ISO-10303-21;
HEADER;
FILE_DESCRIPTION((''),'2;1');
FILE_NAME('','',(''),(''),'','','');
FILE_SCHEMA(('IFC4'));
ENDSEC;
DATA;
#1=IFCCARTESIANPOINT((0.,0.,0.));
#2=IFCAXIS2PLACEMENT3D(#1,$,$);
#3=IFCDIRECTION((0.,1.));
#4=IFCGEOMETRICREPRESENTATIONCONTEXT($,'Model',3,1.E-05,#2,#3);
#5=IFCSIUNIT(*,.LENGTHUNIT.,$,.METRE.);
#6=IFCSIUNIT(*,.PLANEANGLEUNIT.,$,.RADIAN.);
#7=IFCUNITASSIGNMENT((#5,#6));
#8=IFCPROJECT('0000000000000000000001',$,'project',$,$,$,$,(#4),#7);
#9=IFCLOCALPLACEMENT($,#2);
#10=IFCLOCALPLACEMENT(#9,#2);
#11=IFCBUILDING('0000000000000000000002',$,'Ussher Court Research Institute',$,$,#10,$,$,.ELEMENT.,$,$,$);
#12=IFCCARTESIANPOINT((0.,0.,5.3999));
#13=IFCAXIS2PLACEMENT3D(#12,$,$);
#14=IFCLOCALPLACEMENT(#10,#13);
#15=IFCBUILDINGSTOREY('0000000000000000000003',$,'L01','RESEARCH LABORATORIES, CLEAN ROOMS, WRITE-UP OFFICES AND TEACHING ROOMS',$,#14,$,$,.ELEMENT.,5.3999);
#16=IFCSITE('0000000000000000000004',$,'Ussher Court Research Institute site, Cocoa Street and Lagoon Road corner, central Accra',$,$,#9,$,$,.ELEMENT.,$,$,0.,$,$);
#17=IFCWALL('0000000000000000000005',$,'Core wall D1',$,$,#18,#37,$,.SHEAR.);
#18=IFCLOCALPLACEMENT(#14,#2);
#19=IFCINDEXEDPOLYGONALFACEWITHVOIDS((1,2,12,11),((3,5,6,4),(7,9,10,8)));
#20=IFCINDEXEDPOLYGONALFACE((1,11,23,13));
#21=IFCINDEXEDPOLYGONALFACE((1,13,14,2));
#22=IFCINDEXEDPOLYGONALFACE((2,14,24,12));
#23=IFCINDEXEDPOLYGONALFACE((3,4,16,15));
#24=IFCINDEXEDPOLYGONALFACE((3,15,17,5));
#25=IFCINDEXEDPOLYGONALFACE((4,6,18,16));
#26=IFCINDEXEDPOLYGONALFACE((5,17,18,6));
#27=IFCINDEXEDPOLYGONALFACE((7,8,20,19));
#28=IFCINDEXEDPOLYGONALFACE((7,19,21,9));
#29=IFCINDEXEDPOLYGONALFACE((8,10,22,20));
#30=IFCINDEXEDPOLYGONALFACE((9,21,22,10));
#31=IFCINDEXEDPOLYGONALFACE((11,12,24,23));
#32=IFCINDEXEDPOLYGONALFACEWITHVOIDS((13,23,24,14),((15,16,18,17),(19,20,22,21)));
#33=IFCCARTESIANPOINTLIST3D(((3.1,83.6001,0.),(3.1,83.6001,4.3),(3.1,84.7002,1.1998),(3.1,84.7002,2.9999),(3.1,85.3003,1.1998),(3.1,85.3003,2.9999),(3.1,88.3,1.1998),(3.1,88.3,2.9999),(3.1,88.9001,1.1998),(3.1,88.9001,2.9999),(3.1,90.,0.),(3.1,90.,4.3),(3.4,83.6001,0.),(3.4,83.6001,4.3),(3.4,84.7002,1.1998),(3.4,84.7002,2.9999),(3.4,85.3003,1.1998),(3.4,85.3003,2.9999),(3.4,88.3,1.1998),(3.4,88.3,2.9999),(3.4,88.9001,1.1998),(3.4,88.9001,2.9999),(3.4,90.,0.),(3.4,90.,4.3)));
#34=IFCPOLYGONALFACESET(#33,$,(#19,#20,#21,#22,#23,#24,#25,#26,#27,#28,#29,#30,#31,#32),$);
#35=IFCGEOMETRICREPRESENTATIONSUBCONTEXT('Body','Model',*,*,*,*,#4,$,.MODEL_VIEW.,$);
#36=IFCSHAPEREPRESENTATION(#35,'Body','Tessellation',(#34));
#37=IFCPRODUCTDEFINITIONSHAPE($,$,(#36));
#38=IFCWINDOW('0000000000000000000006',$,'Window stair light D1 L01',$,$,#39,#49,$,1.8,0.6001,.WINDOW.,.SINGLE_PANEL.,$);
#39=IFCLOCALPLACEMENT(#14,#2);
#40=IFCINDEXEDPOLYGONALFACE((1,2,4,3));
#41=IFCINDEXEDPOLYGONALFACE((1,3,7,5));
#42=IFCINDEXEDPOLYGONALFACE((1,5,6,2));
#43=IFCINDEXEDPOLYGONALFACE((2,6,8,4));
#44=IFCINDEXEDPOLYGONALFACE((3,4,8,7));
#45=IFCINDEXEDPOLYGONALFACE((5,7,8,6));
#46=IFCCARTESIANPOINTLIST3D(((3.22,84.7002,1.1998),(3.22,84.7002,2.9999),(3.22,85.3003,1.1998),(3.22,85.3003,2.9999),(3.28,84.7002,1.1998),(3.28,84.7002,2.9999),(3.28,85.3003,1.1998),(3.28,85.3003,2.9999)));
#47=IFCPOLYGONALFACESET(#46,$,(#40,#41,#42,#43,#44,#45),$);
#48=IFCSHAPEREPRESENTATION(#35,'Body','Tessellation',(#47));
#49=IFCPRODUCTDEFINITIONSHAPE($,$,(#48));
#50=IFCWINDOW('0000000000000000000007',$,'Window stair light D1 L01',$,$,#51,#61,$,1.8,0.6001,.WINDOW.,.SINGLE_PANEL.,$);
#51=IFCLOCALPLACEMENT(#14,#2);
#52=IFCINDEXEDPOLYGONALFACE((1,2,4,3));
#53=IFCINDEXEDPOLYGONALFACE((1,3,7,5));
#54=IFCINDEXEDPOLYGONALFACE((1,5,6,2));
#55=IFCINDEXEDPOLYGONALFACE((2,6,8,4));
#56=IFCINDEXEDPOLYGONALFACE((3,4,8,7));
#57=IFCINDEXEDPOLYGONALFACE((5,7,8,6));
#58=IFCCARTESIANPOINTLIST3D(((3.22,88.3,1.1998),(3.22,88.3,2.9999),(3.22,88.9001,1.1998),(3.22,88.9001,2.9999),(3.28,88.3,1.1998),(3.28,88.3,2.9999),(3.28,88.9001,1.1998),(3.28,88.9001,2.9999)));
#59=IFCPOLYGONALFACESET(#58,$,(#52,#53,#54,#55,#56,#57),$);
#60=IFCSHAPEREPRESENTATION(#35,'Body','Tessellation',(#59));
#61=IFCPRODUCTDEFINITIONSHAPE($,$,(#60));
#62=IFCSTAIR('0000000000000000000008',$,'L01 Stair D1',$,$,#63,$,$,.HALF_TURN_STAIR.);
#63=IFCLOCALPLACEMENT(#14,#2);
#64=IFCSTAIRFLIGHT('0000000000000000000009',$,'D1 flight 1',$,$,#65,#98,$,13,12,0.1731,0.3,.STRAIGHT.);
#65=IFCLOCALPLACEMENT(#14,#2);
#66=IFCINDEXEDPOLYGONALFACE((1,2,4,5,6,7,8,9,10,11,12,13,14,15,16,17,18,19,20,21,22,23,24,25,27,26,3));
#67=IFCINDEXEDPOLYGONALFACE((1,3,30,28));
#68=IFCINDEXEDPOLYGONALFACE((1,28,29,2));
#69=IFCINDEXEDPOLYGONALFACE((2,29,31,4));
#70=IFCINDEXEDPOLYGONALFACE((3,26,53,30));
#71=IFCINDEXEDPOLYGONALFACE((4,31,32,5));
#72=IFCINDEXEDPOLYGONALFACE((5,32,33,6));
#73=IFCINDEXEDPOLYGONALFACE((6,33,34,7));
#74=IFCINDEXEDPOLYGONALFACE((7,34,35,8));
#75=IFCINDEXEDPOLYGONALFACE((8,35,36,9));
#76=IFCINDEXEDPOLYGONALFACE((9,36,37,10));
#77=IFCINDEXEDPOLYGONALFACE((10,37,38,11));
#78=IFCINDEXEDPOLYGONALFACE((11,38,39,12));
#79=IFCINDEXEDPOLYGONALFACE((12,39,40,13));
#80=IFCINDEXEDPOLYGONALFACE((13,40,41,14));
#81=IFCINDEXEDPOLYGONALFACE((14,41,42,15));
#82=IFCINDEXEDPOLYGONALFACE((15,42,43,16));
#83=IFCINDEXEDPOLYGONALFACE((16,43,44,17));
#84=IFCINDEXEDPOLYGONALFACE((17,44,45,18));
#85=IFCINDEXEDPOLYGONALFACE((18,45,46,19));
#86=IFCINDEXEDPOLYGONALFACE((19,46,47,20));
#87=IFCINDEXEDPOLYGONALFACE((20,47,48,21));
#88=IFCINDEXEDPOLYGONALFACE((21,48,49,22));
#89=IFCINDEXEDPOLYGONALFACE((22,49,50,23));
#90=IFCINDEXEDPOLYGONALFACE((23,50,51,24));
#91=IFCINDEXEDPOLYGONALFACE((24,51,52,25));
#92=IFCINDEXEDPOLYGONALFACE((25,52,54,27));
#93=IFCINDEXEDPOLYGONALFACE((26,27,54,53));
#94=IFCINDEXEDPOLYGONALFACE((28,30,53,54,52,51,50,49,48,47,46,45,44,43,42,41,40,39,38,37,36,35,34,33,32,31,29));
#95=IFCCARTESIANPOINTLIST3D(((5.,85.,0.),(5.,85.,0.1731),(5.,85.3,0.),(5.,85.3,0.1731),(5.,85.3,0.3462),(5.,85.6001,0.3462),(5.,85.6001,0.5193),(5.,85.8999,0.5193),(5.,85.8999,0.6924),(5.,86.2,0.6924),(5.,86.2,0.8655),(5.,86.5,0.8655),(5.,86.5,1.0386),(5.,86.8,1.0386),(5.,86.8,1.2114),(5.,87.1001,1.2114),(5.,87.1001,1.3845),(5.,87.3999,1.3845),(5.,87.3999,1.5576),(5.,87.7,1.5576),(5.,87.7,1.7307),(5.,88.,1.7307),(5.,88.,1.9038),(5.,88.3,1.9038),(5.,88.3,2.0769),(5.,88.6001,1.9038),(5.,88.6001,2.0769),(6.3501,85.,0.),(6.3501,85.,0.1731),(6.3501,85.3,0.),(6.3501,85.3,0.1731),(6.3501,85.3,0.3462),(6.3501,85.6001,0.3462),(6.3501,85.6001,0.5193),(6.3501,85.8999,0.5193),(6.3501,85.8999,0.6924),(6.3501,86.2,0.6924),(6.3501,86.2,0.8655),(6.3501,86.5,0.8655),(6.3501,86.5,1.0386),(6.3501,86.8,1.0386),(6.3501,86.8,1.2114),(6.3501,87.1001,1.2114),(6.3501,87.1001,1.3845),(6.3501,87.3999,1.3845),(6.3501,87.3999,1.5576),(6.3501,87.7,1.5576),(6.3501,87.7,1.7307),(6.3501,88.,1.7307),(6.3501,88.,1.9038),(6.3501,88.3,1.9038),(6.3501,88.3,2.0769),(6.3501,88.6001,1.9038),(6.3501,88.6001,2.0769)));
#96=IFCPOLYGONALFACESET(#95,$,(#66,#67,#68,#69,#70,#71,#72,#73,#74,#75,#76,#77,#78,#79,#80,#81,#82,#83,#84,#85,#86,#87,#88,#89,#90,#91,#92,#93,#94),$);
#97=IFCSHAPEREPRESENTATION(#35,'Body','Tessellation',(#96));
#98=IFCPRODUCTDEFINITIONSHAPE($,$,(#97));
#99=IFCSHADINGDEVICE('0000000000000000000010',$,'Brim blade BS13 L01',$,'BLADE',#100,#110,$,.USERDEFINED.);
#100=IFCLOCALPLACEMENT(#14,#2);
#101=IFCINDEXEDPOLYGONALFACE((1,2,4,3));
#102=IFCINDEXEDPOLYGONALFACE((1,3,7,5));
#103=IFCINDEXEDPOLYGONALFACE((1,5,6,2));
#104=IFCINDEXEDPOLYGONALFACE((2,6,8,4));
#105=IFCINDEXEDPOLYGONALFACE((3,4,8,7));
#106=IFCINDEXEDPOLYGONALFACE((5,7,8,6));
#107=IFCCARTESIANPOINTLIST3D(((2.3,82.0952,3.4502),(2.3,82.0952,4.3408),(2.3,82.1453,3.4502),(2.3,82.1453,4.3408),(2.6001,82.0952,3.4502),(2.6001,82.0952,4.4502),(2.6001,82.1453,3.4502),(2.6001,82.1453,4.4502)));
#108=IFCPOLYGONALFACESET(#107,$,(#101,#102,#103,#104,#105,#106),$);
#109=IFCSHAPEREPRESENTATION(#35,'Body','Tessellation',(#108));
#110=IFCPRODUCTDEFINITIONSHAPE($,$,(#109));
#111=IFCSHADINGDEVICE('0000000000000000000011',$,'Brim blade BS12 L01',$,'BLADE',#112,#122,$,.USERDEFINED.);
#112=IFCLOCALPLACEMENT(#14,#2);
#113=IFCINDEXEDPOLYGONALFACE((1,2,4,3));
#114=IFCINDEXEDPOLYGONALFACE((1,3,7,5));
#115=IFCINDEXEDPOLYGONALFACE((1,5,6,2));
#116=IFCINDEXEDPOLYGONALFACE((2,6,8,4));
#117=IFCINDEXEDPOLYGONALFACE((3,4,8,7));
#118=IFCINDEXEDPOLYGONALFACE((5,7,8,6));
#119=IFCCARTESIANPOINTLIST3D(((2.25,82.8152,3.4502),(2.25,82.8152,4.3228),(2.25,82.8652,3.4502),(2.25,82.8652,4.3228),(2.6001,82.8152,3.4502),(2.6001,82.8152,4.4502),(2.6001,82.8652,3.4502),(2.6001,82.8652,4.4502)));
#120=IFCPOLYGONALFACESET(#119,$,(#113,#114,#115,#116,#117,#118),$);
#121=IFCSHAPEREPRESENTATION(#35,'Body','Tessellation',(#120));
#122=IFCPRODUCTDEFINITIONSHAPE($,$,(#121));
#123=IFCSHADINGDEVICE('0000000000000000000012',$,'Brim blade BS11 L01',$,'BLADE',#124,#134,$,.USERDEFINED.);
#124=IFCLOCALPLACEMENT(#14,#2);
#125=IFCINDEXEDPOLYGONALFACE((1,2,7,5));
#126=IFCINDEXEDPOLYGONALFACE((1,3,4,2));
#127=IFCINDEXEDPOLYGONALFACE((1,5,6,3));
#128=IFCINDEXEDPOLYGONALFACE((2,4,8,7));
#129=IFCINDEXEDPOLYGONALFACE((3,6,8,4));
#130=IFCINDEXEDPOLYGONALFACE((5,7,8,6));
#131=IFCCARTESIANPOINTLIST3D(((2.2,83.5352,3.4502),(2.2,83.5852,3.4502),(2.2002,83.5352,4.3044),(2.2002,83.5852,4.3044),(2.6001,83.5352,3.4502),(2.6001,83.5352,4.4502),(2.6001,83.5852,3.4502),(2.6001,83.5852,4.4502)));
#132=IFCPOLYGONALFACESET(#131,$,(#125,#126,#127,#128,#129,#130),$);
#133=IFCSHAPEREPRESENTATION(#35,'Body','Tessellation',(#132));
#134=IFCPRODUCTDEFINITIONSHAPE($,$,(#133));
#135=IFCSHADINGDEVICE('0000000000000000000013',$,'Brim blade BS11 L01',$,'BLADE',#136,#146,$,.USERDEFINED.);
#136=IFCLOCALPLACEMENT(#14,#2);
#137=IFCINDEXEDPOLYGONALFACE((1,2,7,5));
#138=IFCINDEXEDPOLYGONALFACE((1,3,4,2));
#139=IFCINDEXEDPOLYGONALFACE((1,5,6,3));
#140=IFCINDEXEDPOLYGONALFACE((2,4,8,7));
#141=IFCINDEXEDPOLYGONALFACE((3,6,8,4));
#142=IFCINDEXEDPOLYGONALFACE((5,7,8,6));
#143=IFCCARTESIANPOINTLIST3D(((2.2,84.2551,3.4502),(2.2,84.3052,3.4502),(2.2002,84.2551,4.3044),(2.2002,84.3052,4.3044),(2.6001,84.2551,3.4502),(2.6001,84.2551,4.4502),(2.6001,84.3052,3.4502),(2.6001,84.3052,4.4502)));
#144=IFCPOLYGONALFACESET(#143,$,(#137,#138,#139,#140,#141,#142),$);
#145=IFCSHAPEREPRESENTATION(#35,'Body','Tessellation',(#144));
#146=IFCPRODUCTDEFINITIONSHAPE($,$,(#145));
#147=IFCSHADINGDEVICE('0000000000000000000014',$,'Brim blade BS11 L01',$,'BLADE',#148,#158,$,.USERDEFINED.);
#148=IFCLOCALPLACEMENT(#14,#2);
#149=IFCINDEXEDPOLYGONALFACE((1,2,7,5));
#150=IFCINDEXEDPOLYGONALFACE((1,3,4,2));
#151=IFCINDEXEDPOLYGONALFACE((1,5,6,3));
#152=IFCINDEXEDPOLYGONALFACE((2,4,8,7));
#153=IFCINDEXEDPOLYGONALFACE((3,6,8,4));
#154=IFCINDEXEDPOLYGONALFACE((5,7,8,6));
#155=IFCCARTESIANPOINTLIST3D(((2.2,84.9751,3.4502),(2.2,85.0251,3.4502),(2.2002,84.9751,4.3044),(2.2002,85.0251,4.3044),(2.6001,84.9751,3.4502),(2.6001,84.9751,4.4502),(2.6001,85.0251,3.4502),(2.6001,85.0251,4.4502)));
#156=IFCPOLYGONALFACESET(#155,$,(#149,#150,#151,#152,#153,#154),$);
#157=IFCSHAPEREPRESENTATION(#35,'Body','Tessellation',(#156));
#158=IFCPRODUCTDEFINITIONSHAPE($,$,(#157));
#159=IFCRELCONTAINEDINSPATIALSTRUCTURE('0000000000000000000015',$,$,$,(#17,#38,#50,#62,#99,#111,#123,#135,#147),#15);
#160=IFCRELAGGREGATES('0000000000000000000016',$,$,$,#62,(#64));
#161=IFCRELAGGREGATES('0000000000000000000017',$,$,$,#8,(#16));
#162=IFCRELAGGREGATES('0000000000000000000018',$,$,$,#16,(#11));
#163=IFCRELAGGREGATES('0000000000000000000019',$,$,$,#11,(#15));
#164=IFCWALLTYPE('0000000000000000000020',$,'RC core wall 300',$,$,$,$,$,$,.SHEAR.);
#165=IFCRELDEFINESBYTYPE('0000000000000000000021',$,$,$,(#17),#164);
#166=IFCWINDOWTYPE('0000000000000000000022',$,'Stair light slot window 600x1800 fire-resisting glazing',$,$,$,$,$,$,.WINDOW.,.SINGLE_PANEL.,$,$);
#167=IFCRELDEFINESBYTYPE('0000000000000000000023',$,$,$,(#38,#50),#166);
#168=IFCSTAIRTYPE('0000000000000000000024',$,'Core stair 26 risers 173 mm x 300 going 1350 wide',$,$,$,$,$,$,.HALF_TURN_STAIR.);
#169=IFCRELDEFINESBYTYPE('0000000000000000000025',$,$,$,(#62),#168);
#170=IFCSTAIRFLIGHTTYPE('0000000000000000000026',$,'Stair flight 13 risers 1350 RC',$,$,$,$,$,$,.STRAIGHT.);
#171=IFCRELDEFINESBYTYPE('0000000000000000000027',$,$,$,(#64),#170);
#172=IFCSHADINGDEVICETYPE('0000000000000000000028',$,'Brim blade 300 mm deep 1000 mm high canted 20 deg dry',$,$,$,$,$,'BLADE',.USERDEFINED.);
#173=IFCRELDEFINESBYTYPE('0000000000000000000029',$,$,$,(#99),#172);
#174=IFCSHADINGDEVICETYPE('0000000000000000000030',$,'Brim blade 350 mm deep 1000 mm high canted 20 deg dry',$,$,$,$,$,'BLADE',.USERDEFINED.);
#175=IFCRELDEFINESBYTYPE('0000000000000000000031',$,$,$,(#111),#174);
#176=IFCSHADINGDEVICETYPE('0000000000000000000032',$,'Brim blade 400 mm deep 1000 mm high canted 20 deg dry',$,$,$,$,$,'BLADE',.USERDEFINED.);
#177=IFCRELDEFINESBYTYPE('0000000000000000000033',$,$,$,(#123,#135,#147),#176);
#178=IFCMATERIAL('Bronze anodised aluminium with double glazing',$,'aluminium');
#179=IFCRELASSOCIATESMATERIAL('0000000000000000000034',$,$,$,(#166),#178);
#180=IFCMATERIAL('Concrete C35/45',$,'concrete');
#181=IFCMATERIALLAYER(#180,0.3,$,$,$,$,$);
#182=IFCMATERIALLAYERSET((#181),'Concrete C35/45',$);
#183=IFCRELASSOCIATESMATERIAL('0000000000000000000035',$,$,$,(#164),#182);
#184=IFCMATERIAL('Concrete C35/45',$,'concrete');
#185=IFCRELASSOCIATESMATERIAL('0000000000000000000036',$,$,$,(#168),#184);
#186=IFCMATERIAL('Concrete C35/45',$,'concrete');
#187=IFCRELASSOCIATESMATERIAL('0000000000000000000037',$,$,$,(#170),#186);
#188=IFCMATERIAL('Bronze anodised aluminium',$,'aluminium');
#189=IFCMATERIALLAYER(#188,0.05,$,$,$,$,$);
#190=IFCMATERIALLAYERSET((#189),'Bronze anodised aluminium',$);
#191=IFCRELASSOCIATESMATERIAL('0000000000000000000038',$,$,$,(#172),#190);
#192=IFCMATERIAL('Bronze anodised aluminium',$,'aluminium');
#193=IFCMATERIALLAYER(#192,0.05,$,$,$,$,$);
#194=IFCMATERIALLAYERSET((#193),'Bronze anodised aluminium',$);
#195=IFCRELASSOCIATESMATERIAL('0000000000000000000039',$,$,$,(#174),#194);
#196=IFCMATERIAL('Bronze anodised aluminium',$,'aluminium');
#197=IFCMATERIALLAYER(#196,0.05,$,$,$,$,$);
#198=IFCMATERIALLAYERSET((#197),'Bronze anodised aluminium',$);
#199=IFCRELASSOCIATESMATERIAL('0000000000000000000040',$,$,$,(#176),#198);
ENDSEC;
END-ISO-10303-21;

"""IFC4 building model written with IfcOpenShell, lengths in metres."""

from ifc_helpers import new_model, si_unit, direction, frame, frame_2d, origin, place, context, subcontext, project, spatial, polyline, rectangle, outline, extrude, material, layer, layer_set, type_object, element, fill, aggregate, save


model = new_model("IFC4")

# Units and contexts
model_context = context("Model", 3, precision=1e-05, world=origin(), true_north=direction((0.0, 1.0)))
body_context = subcontext(model_context, "Body", "Model", "MODEL_VIEW")
ifc_project = project(units=[si_unit("LENGTHUNIT", "METRE"), si_unit("PLANEANGLEUNIT", "RADIAN")], contexts=[model_context])

# Site, building, storey
site_placement = place(None, origin())
site = spatial("IfcSite", under=ifc_project, at=site_placement, Name="Ussher Court Research Institute site, Cocoa Street and Lagoon Road corner, central Accra", CompositionType="ELEMENT", RefElevation=0.0)
building_placement = place(site_placement, origin())
building = spatial("IfcBuilding", under=site, at=building_placement, Name="Ussher Court Research Institute", CompositionType="ELEMENT")
storey_placement = place(building_placement, frame((0.0, 0.0, 5.3999)))
storey = spatial("IfcBuildingStorey", under=building, at=storey_placement, Name="L01", Description="RESEARCH LABORATORIES, CLEAN ROOMS, WRITE-UP OFFICES AND TEACHING ROOMS", CompositionType="ELEMENT", Elevation=5.3999)

# Shared definitions
ifc_material_1 = material(Name="Bronze anodised aluminium with double glazing", Category="aluminium")
window_type = type_object("IfcWindowType", Name="Stair light slot window 600x1800 fire-resisting glazing", PartitioningType="SINGLE_PANEL", PredefinedType="WINDOW", material=ifc_material_1)

# Shared definitions
ifc_material_2 = material(Name="Concrete C35/45", Category="concrete")
ifc_layer_1 = layer(ifc_material_2, 0.3)
ifc_layer_set_1 = layer_set([ifc_layer_1], Name="Concrete C35/45")
wall_type_1 = type_object("IfcWallType", Name="RC core wall 300", PredefinedType="SHEAR", material=ifc_layer_set_1)

# Wall, openings, windows
wall_1_placement = place(storey_placement, frame((3.25, 83.6001, 0.0), z_axis=(0.0, 0.0, 1.0), x_axis=(0.0, 1.0, 0.0)))
wall_1 = element("IfcWall", 1, at=wall_1_placement, inside=storey, type_object=wall_type_1, Name="Core wall D1", PredefinedType="SHEAR", context=body_context, shape_type="SweptSolid", body=[
    extrude(rectangle(XDim=6.3999, YDim=0.3, at=frame_2d((3.2, 0.0))), origin(), (0.0, 0.0, 1.0), 4.3),
])
opening_1_placement = place(wall_1_placement, frame((1.1001, 0.0, 1.2)))
opening_1 = element("IfcOpeningElement", 2, at=opening_1_placement, cuts=wall_1, PredefinedType="OPENING", context=body_context, shape_type="SweptSolid", body=[
    extrude(rectangle(XDim=0.6001, YDim=1.8, at=frame_2d((0.3, 0.8999))), frame((0.0, 0.1602, 0.0), z_axis=(0.0, -1.0, 0.0), x_axis=(1.0, 0.0, 0.0)), (0.0, 0.0, 1.0), 0.3201),
])
opening_2_placement = place(wall_1_placement, frame((4.7, 0.0, 1.2)))
opening_2 = element("IfcOpeningElement", 3, at=opening_2_placement, cuts=wall_1, PredefinedType="OPENING", context=body_context, shape_type="SweptSolid", body=[
    extrude(rectangle(XDim=0.6001, YDim=1.8, at=frame_2d((0.3, 0.8999))), frame((0.0, 0.1602, 0.0), z_axis=(0.0, -1.0, 0.0), x_axis=(1.0, 0.0, 0.0)), (0.0, 0.0, 1.0), 0.3201),
])
window_1_placement = place(opening_1_placement, origin())
window_1 = element("IfcWindow", 4, at=window_1_placement, inside=storey, type_object=window_type, Name="Window stair light D1 L01", OverallHeight=1.8, OverallWidth=0.6001, PartitioningType="SINGLE_PANEL", PredefinedType="WINDOW", context=body_context, shape_type="SweptSolid", body=[
    extrude(rectangle(XDim=0.6001, YDim=1.8, at=frame_2d((0.3, 0.8999))), frame((0.0, 0.03, 0.0), z_axis=(0.0, -1.0, 0.0), x_axis=(1.0, 0.0, 0.0)), (0.0, 0.0, 1.0), 0.0601),
])
fill(opening_1, window_1)
window_2_placement = place(opening_2_placement, origin())
window_2 = element("IfcWindow", 5, at=window_2_placement, inside=storey, type_object=window_type, Name="Window stair light D1 L01", OverallHeight=1.8, OverallWidth=0.6001, PartitioningType="SINGLE_PANEL", PredefinedType="WINDOW", context=body_context, shape_type="SweptSolid", body=[
    extrude(rectangle(XDim=0.6001, YDim=1.8, at=frame_2d((0.3, 0.8999))), frame((0.0, 0.03, 0.0), z_axis=(0.0, -1.0, 0.0), x_axis=(1.0, 0.0, 0.0)), (0.0, 0.0, 1.0), 0.0601),
])
fill(opening_2, window_2)

# Stair, stair flight
ifc_material_3 = material(Name="Concrete C35/45", Category="concrete")
stair_type = type_object("IfcStairType", Name="Core stair 26 risers 173 mm x 300 going 1350 wide", PredefinedType="HALF_TURN_STAIR", material=ifc_material_3)
stair_placement = place(storey_placement, origin())
stair = element("IfcStair", 6, at=stair_placement, inside=storey, type_object=stair_type, Name="L01 Stair D1", PredefinedType="HALF_TURN_STAIR")
ifc_material_4 = material(Name="Concrete C35/45", Category="concrete")
stair_flight_type = type_object("IfcStairFlightType", Name="Stair flight 13 risers 1350 RC", PredefinedType="STRAIGHT", material=ifc_material_4)
stair_flight_placement = place(storey_placement, frame((5.675, 85.0, 0.0), z_axis=(0.0, 0.0, 1.0), x_axis=(0.0, 1.0, 0.0)))
stair_flight = element("IfcStairFlight", 7, at=stair_flight_placement, type_object=stair_flight_type, Name="D1 flight 1", NumberOfRisers=13, NumberOfTreads=12, PredefinedType="STRAIGHT", RiserHeight=0.1731, TreadLength=0.3, context=body_context, shape_type="SweptSolid", body=[
    extrude(outline(polyline([(0.0, 0.0), (0.0, 0.1731), (0.3, 0.1731), (0.3, 0.3462), (0.6001, 0.3462), (0.6001, 0.5193), (0.8999, 0.5193), (0.8999, 0.6924), (1.2, 0.6924), (1.2, 0.8655), (1.5, 0.8655), (1.5, 1.0386), (1.8, 1.0386), (1.8, 1.2114), (2.1001, 1.2114), (2.1001, 1.3845), (2.3999, 1.3845), (2.3999, 1.5576), (2.7, 1.5576), (2.7, 1.7307), (3.0, 1.7307), (3.0, 1.9038), (3.3, 1.9038), (3.3, 2.0769), (3.6001, 2.0769), (3.6001, 2.25), (3.6001, 1.9038), (0.3, 0.0), (0.0, 0.0)])), frame((0.0, 0.675, 0.0), z_axis=(0.0, -1.0, 0.0), x_axis=(1.0, 0.0, 0.0)), (0.0, 0.0, 1.0), 1.3501),
])
aggregate(stair, [stair_flight])

# Shading devices
ifc_material_5 = material(Name="Bronze anodised aluminium", Category="aluminium")
ifc_layer_2 = layer(ifc_material_5, 0.05)
ifc_layer_set_2 = layer_set([ifc_layer_2], Name="Bronze anodised aluminium")
shading_device_type_1 = type_object("IfcShadingDeviceType", Name="Brim blade 300 mm deep 1000 mm high canted 20 deg dry", ElementType="BLADE", PredefinedType="USERDEFINED", material=ifc_layer_set_2)
shading_device_1_placement = place(storey_placement, frame((2.6001, 82.1201, 3.4502), z_axis=(0.0, 0.0, 1.0), x_axis=(-1.0, 0.0, 0.0)))
element("IfcShadingDevice", 8, at=shading_device_1_placement, inside=storey, type_object=shading_device_type_1, Name="Brim blade BS13 L01", ObjectType="BLADE", PredefinedType="USERDEFINED", context=body_context, shape_type="SweptSolid", body=[
    extrude(outline(polyline([(0.0, 0.0), (0.3, 0.0), (0.3, 0.8906), (0.0, 1.0), (0.0, 0.0)])), frame((0.0, 0.0249, 0.0), z_axis=(0.0, -1.0, 0.0), x_axis=(1.0, 0.0, 0.0)), (0.0, 0.0, 1.0), 0.05),
])
ifc_material_6 = material(Name="Bronze anodised aluminium", Category="aluminium")
ifc_layer_3 = layer(ifc_material_6, 0.05)
ifc_layer_set_3 = layer_set([ifc_layer_3], Name="Bronze anodised aluminium")
shading_device_type_2 = type_object("IfcShadingDeviceType", Name="Brim blade 350 mm deep 1000 mm high canted 20 deg dry", ElementType="BLADE", PredefinedType="USERDEFINED", material=ifc_layer_set_3)
shading_device_2_placement = place(storey_placement, frame((2.6001, 82.8401, 3.4502), z_axis=(0.0, 0.0, 1.0), x_axis=(-1.0, 0.0, 0.0)))
element("IfcShadingDevice", 9, at=shading_device_2_placement, inside=storey, type_object=shading_device_type_2, Name="Brim blade BS12 L01", ObjectType="BLADE", PredefinedType="USERDEFINED", context=body_context, shape_type="SweptSolid", body=[
    extrude(outline(polyline([(0.0, 0.0), (0.3501, 0.0), (0.3501, 0.8726), (0.0, 1.0), (0.0, 0.0)])), frame((0.0, 0.0249, 0.0), z_axis=(0.0, -1.0, 0.0), x_axis=(1.0, 0.0, 0.0)), (0.0, 0.0, 1.0), 0.05),
])
ifc_material_7 = material(Name="Bronze anodised aluminium", Category="aluminium")
ifc_layer_4 = layer(ifc_material_7, 0.05)
ifc_layer_set_4 = layer_set([ifc_layer_4], Name="Bronze anodised aluminium")
shading_device_type_3 = type_object("IfcShadingDeviceType", Name="Brim blade 400 mm deep 1000 mm high canted 20 deg dry", ElementType="BLADE", PredefinedType="USERDEFINED", material=ifc_layer_set_4)
for number, where, z_axis, x_axis, name in (
    (10, (2.6001, 83.5601, 3.4502), (0.0, 0.0, 1.0), (-1.0, 0.0, 0.0), "Brim blade BS11 L01"),
    (11, (2.6001, 84.28, 3.4502), (0.0, 0.0, 1.0), (-1.0, 0.0, 0.0), "Brim blade BS11 L01"),
    (12, (2.6001, 85.0, 3.4502), (0.0, 0.0, 1.0), (-1.0, 0.0, 0.0), "Brim blade BS11 L01"),
):
    element("IfcShadingDevice", number, at=place(storey_placement, frame(where, z_axis=z_axis, x_axis=x_axis)), inside=storey, type_object=shading_device_type_3, Name=name, ObjectType="BLADE", PredefinedType="USERDEFINED", context=body_context, shape_type="SweptSolid", body=[
        extrude(outline(polyline([(0.0, 0.0), (0.4001, 0.0), (0.3999, 0.8542), (0.0, 1.0), (0.0, 0.0)])), frame((0.0, 0.0249, 0.0), z_axis=(0.0, -1.0, 0.0), x_axis=(1.0, 0.0, 0.0)), (0.0, 0.0, 1.0), 0.05),
    ])

save(model, "model.ifc")
